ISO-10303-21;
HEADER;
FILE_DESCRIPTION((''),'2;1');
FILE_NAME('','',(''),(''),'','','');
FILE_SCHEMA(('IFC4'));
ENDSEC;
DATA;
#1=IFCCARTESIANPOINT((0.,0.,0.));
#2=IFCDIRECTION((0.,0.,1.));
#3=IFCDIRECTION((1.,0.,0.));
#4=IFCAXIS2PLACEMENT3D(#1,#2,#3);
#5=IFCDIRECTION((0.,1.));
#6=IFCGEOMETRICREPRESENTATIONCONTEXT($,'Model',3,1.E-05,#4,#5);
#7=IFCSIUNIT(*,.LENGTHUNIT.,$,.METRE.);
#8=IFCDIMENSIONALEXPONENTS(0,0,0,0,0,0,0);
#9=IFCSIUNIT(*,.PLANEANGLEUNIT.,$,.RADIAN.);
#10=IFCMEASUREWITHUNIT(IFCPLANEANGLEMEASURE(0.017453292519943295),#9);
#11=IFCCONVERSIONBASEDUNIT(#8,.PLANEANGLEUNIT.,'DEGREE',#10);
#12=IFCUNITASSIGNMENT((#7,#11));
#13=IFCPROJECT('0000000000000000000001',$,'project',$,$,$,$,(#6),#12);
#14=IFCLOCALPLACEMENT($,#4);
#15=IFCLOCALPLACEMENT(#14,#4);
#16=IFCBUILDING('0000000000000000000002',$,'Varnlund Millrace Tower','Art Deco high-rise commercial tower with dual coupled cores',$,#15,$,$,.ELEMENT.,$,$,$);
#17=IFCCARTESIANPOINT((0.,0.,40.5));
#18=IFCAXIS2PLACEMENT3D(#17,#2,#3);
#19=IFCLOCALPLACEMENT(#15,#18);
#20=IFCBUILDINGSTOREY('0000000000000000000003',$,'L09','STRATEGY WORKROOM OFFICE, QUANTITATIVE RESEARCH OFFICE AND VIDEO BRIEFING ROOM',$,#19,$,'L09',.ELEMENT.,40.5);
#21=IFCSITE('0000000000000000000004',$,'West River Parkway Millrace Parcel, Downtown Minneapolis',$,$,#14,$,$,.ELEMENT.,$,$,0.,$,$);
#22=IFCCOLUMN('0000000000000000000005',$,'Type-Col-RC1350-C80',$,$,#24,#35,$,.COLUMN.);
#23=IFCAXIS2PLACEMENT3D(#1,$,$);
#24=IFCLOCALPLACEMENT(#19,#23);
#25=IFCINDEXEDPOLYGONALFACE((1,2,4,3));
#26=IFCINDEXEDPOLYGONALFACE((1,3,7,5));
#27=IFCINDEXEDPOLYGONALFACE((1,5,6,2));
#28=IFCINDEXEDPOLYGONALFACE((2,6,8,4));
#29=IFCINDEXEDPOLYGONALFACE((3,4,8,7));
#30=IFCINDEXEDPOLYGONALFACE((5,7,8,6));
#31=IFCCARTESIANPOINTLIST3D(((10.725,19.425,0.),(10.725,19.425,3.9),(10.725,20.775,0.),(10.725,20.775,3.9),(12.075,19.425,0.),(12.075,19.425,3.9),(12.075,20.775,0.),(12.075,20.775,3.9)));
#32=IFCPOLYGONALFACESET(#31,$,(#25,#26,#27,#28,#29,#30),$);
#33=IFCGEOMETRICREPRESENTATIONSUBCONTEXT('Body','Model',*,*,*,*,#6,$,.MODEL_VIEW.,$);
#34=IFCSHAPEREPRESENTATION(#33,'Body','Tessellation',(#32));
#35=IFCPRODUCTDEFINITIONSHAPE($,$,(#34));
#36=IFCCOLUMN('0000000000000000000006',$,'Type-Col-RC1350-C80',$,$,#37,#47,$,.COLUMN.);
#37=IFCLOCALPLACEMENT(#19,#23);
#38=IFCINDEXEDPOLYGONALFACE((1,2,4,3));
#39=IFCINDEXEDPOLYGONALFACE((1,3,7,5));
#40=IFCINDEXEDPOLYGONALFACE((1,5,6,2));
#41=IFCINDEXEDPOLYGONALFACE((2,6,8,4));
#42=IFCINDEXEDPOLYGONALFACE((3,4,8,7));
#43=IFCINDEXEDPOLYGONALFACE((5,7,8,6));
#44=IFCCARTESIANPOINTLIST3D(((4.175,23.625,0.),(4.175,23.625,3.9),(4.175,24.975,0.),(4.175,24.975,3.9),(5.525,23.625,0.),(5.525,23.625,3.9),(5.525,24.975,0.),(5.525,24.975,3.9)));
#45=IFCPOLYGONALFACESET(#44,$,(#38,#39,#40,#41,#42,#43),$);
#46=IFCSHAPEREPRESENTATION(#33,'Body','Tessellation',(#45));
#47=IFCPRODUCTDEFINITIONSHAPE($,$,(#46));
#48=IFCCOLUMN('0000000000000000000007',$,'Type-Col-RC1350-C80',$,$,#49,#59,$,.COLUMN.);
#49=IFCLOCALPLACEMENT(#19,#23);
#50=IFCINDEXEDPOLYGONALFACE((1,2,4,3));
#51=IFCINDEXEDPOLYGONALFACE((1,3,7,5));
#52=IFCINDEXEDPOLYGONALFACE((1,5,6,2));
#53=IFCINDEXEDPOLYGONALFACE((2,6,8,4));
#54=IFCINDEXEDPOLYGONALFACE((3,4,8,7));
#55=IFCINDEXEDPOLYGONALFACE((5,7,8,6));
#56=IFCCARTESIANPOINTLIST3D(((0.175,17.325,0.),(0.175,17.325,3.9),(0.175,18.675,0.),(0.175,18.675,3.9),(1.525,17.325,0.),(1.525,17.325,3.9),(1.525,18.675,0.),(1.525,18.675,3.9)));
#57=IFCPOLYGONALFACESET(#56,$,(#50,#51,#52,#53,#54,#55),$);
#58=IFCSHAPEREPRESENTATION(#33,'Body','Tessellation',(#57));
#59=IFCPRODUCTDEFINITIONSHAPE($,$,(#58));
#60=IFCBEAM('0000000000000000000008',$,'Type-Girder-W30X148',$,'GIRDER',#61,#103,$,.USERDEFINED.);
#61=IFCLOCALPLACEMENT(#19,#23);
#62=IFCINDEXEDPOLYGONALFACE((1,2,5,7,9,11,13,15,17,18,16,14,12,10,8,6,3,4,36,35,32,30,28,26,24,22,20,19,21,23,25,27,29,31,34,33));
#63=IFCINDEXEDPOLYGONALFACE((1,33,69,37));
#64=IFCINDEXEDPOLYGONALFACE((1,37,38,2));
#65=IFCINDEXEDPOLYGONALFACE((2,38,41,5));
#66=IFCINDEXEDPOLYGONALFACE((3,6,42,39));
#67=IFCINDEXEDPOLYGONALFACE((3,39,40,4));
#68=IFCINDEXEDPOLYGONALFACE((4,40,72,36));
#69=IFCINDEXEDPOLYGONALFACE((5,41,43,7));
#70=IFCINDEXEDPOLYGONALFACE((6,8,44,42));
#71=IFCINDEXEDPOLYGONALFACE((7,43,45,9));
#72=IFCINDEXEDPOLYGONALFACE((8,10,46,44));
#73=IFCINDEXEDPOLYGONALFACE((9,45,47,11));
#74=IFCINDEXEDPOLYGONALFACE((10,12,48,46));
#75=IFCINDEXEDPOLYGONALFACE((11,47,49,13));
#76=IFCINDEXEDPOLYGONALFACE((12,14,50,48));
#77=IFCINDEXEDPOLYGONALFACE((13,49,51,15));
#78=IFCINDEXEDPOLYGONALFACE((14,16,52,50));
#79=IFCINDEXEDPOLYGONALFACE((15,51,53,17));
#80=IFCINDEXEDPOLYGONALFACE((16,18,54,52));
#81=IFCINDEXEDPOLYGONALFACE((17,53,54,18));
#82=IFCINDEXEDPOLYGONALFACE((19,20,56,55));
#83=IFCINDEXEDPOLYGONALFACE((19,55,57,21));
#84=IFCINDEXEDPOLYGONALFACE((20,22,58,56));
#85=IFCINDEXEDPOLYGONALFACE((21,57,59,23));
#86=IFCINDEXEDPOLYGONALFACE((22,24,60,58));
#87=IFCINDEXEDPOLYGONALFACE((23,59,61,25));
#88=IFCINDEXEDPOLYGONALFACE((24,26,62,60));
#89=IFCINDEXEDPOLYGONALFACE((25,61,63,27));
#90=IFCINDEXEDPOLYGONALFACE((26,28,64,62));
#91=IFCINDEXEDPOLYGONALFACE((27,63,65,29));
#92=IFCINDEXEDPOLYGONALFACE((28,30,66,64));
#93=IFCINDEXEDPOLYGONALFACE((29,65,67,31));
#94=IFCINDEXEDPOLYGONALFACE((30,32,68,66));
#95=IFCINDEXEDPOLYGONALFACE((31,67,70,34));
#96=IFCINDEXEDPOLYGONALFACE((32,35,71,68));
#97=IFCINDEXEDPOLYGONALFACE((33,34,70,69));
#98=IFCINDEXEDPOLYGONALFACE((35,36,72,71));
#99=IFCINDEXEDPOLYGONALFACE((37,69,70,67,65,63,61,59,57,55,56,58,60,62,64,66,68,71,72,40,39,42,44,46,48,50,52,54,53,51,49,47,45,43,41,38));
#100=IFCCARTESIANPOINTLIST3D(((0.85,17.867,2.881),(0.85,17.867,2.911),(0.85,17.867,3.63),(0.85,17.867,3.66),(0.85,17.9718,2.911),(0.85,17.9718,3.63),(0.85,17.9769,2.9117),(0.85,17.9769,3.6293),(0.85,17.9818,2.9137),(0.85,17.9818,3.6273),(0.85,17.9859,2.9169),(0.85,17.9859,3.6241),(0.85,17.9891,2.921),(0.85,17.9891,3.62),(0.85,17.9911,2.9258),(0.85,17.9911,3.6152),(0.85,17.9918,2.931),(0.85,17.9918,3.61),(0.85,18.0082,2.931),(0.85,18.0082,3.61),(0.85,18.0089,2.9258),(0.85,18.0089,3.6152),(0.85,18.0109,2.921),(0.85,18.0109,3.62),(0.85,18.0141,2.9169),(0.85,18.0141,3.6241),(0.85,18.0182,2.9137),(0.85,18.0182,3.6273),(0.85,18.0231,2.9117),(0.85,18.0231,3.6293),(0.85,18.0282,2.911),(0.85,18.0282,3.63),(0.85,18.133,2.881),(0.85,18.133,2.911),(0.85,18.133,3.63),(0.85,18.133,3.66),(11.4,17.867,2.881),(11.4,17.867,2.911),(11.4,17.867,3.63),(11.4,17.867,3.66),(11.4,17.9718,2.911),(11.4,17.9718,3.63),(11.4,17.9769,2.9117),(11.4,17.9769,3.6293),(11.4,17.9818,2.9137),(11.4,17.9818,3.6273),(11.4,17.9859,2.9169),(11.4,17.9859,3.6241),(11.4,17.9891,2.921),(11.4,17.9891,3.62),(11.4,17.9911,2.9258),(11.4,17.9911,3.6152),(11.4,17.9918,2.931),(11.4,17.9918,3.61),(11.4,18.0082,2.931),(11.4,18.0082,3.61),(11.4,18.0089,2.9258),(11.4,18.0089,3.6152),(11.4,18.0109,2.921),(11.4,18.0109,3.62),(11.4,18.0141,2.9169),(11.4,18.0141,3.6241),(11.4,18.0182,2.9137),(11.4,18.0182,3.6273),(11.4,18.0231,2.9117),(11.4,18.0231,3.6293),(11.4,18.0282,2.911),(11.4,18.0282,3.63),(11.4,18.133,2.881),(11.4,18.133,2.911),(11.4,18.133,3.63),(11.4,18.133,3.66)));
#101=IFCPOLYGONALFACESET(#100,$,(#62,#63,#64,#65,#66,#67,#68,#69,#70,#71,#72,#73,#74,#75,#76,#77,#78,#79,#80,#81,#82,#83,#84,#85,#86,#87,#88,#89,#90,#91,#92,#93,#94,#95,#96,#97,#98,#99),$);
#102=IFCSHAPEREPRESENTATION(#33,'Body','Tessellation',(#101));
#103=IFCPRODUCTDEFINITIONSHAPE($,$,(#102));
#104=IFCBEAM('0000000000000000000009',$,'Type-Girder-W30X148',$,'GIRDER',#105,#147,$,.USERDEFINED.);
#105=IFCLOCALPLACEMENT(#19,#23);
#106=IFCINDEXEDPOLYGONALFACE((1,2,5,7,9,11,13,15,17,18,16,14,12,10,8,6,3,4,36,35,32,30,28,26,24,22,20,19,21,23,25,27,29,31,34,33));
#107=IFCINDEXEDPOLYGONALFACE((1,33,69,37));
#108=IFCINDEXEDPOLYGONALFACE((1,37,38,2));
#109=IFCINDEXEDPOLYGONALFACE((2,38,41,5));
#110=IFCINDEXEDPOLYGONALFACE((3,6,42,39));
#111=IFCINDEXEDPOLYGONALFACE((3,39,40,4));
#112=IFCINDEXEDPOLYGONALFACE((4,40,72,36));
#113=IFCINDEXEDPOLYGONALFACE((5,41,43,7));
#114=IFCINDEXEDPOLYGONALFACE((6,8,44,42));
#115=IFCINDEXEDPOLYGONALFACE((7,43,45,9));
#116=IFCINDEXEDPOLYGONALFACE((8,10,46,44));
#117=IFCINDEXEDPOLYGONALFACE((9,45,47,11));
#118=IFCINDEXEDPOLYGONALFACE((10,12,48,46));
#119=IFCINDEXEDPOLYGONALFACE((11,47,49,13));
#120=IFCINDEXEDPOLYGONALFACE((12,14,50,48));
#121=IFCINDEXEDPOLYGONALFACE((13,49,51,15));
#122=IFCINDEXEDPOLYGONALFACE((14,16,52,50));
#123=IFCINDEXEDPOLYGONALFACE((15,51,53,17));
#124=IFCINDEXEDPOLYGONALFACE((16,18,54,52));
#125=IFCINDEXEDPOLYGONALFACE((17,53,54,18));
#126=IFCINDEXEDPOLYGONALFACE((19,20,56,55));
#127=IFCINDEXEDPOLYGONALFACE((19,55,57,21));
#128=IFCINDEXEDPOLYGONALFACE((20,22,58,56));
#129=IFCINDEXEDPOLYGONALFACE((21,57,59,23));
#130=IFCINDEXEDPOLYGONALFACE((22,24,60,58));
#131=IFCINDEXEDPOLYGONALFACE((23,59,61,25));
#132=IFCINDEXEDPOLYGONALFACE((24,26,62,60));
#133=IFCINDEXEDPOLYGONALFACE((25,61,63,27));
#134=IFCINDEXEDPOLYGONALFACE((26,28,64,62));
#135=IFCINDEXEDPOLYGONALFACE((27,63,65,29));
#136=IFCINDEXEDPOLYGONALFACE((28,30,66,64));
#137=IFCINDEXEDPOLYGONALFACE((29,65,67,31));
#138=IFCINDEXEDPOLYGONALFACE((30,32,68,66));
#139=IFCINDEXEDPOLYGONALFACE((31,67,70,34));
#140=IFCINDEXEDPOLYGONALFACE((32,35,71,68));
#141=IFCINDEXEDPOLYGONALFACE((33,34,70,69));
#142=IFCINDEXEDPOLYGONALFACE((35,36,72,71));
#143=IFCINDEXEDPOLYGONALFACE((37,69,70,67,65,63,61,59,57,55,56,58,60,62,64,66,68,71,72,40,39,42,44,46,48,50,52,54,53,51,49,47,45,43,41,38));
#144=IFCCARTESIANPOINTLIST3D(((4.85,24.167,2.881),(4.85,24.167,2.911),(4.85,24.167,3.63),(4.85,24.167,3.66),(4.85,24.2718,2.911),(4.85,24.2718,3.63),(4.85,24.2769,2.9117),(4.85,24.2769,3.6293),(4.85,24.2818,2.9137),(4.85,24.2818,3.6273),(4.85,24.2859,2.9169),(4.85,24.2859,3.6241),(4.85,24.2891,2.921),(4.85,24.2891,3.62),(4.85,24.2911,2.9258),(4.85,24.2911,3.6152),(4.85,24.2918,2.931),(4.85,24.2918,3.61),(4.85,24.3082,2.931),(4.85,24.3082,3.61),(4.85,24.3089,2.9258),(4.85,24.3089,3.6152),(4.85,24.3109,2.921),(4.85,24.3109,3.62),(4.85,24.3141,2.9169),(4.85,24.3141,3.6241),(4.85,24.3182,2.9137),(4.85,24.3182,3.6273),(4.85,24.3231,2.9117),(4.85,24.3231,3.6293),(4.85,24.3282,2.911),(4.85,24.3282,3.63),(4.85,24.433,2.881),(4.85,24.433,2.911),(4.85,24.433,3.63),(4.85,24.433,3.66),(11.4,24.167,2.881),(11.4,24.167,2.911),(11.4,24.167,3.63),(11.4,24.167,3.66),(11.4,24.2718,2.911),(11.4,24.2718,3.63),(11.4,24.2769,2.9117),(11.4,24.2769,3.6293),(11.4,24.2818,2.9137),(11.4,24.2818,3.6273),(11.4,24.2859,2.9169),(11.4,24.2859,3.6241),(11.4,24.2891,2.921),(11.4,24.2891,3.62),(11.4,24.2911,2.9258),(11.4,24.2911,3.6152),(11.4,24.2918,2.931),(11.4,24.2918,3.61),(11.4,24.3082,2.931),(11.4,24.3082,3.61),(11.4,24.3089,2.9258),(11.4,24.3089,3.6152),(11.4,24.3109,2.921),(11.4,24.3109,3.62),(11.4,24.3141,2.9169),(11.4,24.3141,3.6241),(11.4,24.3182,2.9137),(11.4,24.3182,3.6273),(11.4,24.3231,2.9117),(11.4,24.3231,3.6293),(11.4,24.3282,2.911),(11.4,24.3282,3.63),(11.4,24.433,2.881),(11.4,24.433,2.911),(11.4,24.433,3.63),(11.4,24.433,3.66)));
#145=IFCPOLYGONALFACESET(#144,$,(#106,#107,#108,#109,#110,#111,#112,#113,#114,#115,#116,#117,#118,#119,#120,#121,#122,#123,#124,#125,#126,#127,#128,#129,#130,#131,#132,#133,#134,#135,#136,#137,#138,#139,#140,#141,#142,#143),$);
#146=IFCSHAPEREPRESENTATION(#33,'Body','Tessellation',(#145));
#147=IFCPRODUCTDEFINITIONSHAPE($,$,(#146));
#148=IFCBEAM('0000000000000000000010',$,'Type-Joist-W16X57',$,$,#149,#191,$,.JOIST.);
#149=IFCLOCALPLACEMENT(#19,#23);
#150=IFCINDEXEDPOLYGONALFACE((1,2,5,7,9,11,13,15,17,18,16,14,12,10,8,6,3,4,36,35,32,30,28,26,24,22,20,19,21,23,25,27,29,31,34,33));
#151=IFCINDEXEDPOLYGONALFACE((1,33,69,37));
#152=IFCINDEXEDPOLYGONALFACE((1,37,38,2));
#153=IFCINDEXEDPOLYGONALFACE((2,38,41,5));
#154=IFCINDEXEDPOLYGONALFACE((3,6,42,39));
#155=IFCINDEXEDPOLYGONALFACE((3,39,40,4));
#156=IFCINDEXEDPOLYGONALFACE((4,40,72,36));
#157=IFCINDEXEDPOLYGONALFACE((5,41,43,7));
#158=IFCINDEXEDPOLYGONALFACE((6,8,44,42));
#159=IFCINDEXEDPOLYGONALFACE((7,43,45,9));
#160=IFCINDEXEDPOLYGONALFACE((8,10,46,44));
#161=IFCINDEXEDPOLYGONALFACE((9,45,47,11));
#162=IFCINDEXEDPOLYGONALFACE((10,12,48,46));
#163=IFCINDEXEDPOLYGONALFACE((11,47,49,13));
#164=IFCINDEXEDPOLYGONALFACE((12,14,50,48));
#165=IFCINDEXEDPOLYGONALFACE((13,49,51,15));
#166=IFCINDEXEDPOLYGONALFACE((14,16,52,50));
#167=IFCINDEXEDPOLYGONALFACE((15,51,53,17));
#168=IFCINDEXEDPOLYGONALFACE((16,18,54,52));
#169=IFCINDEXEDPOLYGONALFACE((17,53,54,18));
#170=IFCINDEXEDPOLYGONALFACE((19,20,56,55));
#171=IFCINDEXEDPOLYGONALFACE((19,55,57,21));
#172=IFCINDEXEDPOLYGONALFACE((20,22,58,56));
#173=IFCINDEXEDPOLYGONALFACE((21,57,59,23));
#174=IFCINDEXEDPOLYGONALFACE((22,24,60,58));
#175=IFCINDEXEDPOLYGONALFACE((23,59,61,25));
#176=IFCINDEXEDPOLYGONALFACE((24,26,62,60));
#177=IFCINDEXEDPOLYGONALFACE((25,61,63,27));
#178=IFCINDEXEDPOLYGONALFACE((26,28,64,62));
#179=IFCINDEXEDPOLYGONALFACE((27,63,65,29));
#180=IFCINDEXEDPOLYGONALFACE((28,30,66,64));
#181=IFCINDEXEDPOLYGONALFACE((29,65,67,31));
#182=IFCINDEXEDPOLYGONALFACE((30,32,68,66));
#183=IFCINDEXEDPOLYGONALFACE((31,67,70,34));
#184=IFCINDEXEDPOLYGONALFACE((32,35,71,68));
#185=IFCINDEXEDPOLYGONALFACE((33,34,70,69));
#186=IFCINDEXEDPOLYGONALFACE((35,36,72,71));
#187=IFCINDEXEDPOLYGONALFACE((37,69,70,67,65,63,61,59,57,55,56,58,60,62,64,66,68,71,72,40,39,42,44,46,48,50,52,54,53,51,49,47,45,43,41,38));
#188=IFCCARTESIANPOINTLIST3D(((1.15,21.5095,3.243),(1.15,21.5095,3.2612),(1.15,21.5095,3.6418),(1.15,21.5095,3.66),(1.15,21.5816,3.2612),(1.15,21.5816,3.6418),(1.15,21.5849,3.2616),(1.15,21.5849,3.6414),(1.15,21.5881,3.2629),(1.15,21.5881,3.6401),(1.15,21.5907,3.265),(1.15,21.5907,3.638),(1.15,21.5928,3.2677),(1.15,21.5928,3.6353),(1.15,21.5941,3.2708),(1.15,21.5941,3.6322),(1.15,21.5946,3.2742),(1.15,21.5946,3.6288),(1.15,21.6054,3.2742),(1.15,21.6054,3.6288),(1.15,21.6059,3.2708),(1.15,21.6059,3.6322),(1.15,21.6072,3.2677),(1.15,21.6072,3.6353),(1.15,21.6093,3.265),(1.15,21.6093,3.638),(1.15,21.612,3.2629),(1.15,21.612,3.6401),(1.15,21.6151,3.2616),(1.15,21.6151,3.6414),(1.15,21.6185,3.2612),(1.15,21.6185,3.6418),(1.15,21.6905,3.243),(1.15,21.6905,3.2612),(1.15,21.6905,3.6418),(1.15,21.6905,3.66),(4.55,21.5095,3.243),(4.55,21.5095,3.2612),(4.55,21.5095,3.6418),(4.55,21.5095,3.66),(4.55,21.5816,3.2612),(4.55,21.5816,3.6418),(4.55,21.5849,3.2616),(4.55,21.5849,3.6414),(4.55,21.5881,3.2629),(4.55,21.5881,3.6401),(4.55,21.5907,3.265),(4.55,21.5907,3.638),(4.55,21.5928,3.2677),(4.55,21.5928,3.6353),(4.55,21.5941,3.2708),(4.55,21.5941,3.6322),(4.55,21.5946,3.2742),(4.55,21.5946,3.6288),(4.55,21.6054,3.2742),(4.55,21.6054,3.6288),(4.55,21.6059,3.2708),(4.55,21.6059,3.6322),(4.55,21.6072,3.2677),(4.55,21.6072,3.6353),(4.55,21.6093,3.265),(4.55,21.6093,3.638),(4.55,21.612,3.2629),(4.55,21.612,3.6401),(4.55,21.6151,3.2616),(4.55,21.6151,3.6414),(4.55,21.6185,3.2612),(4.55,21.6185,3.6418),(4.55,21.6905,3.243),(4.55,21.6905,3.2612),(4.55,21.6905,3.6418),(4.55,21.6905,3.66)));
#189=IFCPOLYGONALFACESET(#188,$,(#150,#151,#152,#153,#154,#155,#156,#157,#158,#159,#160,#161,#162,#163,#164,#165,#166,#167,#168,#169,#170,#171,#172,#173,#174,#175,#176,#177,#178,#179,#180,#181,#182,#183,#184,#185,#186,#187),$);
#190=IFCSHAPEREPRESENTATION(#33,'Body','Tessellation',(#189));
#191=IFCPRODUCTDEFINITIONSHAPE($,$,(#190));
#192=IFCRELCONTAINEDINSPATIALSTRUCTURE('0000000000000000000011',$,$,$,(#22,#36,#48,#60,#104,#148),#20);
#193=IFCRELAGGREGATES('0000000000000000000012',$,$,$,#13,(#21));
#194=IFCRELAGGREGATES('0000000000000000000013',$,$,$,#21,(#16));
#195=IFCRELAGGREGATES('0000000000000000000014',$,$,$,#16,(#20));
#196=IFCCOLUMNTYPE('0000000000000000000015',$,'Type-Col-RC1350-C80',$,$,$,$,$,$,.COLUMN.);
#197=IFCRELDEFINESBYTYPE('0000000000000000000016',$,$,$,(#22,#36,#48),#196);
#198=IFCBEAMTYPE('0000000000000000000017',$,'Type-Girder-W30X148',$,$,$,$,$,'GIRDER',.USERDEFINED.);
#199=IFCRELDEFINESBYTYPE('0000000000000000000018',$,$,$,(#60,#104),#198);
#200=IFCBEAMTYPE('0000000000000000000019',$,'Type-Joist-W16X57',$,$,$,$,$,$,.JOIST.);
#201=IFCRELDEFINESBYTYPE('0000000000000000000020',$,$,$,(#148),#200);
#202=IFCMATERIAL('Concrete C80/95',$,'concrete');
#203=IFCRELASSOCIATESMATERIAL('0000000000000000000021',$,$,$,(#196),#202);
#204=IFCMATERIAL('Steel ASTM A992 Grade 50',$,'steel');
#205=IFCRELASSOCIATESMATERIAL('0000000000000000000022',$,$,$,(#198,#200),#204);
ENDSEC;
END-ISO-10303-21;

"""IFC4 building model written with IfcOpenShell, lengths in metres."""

from ifc_helpers import new_model, entity, si_unit, converted_unit, direction, frame, origin_with_axes, origin_2d_with_axis, place, context, subcontext, project, spatial, rectangle, i_section, extrude, material, material_profile, profile_set, type_object, element, save


model = new_model("IFC4")

# Units and contexts
model_context = context("Model", 3, precision=1e-05, world=origin_with_axes(), true_north=direction((0.0, 1.0)))
body_context = subcontext(model_context, "Body", "Model", "MODEL_VIEW")
ifc_project = project(units=[si_unit("LENGTHUNIT", "METRE"), converted_unit("PLANEANGLEUNIT", "DEGREE", entity("IfcPlaneAngleMeasure", 0.017453292519943295), si_unit("PLANEANGLEUNIT", "RADIAN"), dimensions=[0, 0, 0, 0, 0, 0, 0])], contexts=[model_context])

# Site, building, storey
site_placement = place(None, origin_with_axes())
site = spatial("IfcSite", under=ifc_project, at=site_placement, Name="West River Parkway Millrace Parcel, Downtown Minneapolis", CompositionType="ELEMENT", RefElevation=0.0)
building_placement = place(site_placement, origin_with_axes())
building = spatial("IfcBuilding", under=site, at=building_placement, Name="Varnlund Millrace Tower", Description="Art Deco high-rise commercial tower with dual coupled cores", CompositionType="ELEMENT")
storey_placement = place(building_placement, frame((0.0, 0.0, 40.5), z_axis=(0.0, 0.0, 1.0), x_axis=(1.0, 0.0, 0.0)))
storey = spatial("IfcBuildingStorey", under=building, at=storey_placement, Name="L09", Description="STRATEGY WORKROOM OFFICE, QUANTITATIVE RESEARCH OFFICE AND VIDEO BRIEFING ROOM", LongName="L09", CompositionType="ELEMENT", Elevation=40.5)

# Columns
ifc_material_1 = material(Name="Concrete C80/95", Category="concrete")
ifc_material_profile_1 = material_profile(ifc_material_1, rectangle(XDim=1.35, YDim=1.35, at=origin_2d_with_axis()), Name="Concrete C80/95")
ifc_profile_set_1 = profile_set([ifc_material_profile_1], Name="Concrete C80/95")
column_type = type_object("IfcColumnType", Name="Type-Col-RC1350-C80", PredefinedType="COLUMN", material=ifc_profile_set_1)
for number, where, z_axis, x_axis, name in (
    (1, (11.4, 20.1, 0.0), (0.0, 0.0, 1.0), (1.0, 0.0, 0.0), "Type-Col-RC1350-C80"),
    (2, (4.85, 24.3, 0.0), (0.0, 0.0, 1.0), (1.0, 0.0, 0.0), "Type-Col-RC1350-C80"),
    (3, (0.85, 18.0, 0.0), (0.0, 0.0, 1.0), (1.0, 0.0, 0.0), "Type-Col-RC1350-C80"),
):
    element("IfcColumn", number, at=place(storey_placement, frame(where, z_axis=z_axis, x_axis=x_axis)), inside=storey, type_object=column_type, Name=name, PredefinedType="COLUMN", context=body_context, shape_type="SweptSolid", body=[
        extrude(rectangle(XDim=1.35, YDim=1.35, at=origin_2d_with_axis()), origin_with_axes(), (0.0, 0.0, 1.0), 3.9),
    ])

# Beams
ifc_material_2 = material(Name="Steel ASTM A992 Grade 50", Category="steel")
ifc_material_profile_2 = material_profile(ifc_material_2, i_section(OverallWidth=0.266, OverallDepth=0.779, WebThickness=0.0165, FlangeThickness=0.03, FilletRadius=0.02, at=origin_2d_with_axis()), Name="Steel ASTM A992 Grade 50")
ifc_profile_set_2 = profile_set([ifc_material_profile_2], Name="Steel ASTM A992 Grade 50")
beam_type_1 = type_object("IfcBeamType", Name="Type-Girder-W30X148", ElementType="GIRDER", PredefinedType="USERDEFINED", material=ifc_profile_set_2)
beam_1_placement = place(storey_placement, frame((0.85, 18.0, 3.2705), z_axis=(1.0, 0.0, 0.0), x_axis=(0.0, 1.0, 0.0)))
element("IfcBeam", 4, at=beam_1_placement, inside=storey, type_object=beam_type_1, Name="Type-Girder-W30X148", ObjectType="GIRDER", PredefinedType="USERDEFINED", context=body_context, shape_type="SweptSolid", body=[
    extrude(i_section(OverallWidth=0.266, OverallDepth=0.779, WebThickness=0.0165, FlangeThickness=0.03, FilletRadius=0.02, at=origin_2d_with_axis()), origin_with_axes(), (0.0, 0.0, 1.0), 10.55),
])
beam_2_placement = place(storey_placement, frame((4.85, 24.3, 3.2705), z_axis=(1.0, 0.0, 0.0), x_axis=(0.0, 1.0, 0.0)))
element("IfcBeam", 5, at=beam_2_placement, inside=storey, type_object=beam_type_1, Name="Type-Girder-W30X148", ObjectType="GIRDER", PredefinedType="USERDEFINED", context=body_context, shape_type="SweptSolid", body=[
    extrude(i_section(OverallWidth=0.266, OverallDepth=0.779, WebThickness=0.0165, FlangeThickness=0.03, FilletRadius=0.02, at=origin_2d_with_axis()), origin_with_axes(), (0.0, 0.0, 1.0), 6.55),
])
ifc_material_profile_3 = material_profile(ifc_material_2, i_section(OverallWidth=0.181, OverallDepth=0.417, WebThickness=0.0109, FlangeThickness=0.0182, FilletRadius=0.013, at=origin_2d_with_axis()), Name="Steel ASTM A992 Grade 50")
ifc_profile_set_3 = profile_set([ifc_material_profile_3], Name="Steel ASTM A992 Grade 50")
beam_type_2 = type_object("IfcBeamType", Name="Type-Joist-W16X57", PredefinedType="JOIST", material=ifc_profile_set_3)
for number, where, z_axis, x_axis, name in (
    (6, (1.15, 21.6, 3.4515), (1.0, 0.0, 0.0), (0.0, 1.0, 0.0), "Type-Joist-W16X57"),
):
    element("IfcBeam", number, at=place(storey_placement, frame(where, z_axis=z_axis, x_axis=x_axis)), inside=storey, type_object=beam_type_2, Name=name, PredefinedType="JOIST", context=body_context, shape_type="SweptSolid", body=[
        extrude(i_section(OverallWidth=0.181, OverallDepth=0.417, WebThickness=0.0109, FlangeThickness=0.0182, FilletRadius=0.013, at=origin_2d_with_axis()), origin_with_axes(), (0.0, 0.0, 1.0), 3.4),
    ])

save(model, "model.ifc")
